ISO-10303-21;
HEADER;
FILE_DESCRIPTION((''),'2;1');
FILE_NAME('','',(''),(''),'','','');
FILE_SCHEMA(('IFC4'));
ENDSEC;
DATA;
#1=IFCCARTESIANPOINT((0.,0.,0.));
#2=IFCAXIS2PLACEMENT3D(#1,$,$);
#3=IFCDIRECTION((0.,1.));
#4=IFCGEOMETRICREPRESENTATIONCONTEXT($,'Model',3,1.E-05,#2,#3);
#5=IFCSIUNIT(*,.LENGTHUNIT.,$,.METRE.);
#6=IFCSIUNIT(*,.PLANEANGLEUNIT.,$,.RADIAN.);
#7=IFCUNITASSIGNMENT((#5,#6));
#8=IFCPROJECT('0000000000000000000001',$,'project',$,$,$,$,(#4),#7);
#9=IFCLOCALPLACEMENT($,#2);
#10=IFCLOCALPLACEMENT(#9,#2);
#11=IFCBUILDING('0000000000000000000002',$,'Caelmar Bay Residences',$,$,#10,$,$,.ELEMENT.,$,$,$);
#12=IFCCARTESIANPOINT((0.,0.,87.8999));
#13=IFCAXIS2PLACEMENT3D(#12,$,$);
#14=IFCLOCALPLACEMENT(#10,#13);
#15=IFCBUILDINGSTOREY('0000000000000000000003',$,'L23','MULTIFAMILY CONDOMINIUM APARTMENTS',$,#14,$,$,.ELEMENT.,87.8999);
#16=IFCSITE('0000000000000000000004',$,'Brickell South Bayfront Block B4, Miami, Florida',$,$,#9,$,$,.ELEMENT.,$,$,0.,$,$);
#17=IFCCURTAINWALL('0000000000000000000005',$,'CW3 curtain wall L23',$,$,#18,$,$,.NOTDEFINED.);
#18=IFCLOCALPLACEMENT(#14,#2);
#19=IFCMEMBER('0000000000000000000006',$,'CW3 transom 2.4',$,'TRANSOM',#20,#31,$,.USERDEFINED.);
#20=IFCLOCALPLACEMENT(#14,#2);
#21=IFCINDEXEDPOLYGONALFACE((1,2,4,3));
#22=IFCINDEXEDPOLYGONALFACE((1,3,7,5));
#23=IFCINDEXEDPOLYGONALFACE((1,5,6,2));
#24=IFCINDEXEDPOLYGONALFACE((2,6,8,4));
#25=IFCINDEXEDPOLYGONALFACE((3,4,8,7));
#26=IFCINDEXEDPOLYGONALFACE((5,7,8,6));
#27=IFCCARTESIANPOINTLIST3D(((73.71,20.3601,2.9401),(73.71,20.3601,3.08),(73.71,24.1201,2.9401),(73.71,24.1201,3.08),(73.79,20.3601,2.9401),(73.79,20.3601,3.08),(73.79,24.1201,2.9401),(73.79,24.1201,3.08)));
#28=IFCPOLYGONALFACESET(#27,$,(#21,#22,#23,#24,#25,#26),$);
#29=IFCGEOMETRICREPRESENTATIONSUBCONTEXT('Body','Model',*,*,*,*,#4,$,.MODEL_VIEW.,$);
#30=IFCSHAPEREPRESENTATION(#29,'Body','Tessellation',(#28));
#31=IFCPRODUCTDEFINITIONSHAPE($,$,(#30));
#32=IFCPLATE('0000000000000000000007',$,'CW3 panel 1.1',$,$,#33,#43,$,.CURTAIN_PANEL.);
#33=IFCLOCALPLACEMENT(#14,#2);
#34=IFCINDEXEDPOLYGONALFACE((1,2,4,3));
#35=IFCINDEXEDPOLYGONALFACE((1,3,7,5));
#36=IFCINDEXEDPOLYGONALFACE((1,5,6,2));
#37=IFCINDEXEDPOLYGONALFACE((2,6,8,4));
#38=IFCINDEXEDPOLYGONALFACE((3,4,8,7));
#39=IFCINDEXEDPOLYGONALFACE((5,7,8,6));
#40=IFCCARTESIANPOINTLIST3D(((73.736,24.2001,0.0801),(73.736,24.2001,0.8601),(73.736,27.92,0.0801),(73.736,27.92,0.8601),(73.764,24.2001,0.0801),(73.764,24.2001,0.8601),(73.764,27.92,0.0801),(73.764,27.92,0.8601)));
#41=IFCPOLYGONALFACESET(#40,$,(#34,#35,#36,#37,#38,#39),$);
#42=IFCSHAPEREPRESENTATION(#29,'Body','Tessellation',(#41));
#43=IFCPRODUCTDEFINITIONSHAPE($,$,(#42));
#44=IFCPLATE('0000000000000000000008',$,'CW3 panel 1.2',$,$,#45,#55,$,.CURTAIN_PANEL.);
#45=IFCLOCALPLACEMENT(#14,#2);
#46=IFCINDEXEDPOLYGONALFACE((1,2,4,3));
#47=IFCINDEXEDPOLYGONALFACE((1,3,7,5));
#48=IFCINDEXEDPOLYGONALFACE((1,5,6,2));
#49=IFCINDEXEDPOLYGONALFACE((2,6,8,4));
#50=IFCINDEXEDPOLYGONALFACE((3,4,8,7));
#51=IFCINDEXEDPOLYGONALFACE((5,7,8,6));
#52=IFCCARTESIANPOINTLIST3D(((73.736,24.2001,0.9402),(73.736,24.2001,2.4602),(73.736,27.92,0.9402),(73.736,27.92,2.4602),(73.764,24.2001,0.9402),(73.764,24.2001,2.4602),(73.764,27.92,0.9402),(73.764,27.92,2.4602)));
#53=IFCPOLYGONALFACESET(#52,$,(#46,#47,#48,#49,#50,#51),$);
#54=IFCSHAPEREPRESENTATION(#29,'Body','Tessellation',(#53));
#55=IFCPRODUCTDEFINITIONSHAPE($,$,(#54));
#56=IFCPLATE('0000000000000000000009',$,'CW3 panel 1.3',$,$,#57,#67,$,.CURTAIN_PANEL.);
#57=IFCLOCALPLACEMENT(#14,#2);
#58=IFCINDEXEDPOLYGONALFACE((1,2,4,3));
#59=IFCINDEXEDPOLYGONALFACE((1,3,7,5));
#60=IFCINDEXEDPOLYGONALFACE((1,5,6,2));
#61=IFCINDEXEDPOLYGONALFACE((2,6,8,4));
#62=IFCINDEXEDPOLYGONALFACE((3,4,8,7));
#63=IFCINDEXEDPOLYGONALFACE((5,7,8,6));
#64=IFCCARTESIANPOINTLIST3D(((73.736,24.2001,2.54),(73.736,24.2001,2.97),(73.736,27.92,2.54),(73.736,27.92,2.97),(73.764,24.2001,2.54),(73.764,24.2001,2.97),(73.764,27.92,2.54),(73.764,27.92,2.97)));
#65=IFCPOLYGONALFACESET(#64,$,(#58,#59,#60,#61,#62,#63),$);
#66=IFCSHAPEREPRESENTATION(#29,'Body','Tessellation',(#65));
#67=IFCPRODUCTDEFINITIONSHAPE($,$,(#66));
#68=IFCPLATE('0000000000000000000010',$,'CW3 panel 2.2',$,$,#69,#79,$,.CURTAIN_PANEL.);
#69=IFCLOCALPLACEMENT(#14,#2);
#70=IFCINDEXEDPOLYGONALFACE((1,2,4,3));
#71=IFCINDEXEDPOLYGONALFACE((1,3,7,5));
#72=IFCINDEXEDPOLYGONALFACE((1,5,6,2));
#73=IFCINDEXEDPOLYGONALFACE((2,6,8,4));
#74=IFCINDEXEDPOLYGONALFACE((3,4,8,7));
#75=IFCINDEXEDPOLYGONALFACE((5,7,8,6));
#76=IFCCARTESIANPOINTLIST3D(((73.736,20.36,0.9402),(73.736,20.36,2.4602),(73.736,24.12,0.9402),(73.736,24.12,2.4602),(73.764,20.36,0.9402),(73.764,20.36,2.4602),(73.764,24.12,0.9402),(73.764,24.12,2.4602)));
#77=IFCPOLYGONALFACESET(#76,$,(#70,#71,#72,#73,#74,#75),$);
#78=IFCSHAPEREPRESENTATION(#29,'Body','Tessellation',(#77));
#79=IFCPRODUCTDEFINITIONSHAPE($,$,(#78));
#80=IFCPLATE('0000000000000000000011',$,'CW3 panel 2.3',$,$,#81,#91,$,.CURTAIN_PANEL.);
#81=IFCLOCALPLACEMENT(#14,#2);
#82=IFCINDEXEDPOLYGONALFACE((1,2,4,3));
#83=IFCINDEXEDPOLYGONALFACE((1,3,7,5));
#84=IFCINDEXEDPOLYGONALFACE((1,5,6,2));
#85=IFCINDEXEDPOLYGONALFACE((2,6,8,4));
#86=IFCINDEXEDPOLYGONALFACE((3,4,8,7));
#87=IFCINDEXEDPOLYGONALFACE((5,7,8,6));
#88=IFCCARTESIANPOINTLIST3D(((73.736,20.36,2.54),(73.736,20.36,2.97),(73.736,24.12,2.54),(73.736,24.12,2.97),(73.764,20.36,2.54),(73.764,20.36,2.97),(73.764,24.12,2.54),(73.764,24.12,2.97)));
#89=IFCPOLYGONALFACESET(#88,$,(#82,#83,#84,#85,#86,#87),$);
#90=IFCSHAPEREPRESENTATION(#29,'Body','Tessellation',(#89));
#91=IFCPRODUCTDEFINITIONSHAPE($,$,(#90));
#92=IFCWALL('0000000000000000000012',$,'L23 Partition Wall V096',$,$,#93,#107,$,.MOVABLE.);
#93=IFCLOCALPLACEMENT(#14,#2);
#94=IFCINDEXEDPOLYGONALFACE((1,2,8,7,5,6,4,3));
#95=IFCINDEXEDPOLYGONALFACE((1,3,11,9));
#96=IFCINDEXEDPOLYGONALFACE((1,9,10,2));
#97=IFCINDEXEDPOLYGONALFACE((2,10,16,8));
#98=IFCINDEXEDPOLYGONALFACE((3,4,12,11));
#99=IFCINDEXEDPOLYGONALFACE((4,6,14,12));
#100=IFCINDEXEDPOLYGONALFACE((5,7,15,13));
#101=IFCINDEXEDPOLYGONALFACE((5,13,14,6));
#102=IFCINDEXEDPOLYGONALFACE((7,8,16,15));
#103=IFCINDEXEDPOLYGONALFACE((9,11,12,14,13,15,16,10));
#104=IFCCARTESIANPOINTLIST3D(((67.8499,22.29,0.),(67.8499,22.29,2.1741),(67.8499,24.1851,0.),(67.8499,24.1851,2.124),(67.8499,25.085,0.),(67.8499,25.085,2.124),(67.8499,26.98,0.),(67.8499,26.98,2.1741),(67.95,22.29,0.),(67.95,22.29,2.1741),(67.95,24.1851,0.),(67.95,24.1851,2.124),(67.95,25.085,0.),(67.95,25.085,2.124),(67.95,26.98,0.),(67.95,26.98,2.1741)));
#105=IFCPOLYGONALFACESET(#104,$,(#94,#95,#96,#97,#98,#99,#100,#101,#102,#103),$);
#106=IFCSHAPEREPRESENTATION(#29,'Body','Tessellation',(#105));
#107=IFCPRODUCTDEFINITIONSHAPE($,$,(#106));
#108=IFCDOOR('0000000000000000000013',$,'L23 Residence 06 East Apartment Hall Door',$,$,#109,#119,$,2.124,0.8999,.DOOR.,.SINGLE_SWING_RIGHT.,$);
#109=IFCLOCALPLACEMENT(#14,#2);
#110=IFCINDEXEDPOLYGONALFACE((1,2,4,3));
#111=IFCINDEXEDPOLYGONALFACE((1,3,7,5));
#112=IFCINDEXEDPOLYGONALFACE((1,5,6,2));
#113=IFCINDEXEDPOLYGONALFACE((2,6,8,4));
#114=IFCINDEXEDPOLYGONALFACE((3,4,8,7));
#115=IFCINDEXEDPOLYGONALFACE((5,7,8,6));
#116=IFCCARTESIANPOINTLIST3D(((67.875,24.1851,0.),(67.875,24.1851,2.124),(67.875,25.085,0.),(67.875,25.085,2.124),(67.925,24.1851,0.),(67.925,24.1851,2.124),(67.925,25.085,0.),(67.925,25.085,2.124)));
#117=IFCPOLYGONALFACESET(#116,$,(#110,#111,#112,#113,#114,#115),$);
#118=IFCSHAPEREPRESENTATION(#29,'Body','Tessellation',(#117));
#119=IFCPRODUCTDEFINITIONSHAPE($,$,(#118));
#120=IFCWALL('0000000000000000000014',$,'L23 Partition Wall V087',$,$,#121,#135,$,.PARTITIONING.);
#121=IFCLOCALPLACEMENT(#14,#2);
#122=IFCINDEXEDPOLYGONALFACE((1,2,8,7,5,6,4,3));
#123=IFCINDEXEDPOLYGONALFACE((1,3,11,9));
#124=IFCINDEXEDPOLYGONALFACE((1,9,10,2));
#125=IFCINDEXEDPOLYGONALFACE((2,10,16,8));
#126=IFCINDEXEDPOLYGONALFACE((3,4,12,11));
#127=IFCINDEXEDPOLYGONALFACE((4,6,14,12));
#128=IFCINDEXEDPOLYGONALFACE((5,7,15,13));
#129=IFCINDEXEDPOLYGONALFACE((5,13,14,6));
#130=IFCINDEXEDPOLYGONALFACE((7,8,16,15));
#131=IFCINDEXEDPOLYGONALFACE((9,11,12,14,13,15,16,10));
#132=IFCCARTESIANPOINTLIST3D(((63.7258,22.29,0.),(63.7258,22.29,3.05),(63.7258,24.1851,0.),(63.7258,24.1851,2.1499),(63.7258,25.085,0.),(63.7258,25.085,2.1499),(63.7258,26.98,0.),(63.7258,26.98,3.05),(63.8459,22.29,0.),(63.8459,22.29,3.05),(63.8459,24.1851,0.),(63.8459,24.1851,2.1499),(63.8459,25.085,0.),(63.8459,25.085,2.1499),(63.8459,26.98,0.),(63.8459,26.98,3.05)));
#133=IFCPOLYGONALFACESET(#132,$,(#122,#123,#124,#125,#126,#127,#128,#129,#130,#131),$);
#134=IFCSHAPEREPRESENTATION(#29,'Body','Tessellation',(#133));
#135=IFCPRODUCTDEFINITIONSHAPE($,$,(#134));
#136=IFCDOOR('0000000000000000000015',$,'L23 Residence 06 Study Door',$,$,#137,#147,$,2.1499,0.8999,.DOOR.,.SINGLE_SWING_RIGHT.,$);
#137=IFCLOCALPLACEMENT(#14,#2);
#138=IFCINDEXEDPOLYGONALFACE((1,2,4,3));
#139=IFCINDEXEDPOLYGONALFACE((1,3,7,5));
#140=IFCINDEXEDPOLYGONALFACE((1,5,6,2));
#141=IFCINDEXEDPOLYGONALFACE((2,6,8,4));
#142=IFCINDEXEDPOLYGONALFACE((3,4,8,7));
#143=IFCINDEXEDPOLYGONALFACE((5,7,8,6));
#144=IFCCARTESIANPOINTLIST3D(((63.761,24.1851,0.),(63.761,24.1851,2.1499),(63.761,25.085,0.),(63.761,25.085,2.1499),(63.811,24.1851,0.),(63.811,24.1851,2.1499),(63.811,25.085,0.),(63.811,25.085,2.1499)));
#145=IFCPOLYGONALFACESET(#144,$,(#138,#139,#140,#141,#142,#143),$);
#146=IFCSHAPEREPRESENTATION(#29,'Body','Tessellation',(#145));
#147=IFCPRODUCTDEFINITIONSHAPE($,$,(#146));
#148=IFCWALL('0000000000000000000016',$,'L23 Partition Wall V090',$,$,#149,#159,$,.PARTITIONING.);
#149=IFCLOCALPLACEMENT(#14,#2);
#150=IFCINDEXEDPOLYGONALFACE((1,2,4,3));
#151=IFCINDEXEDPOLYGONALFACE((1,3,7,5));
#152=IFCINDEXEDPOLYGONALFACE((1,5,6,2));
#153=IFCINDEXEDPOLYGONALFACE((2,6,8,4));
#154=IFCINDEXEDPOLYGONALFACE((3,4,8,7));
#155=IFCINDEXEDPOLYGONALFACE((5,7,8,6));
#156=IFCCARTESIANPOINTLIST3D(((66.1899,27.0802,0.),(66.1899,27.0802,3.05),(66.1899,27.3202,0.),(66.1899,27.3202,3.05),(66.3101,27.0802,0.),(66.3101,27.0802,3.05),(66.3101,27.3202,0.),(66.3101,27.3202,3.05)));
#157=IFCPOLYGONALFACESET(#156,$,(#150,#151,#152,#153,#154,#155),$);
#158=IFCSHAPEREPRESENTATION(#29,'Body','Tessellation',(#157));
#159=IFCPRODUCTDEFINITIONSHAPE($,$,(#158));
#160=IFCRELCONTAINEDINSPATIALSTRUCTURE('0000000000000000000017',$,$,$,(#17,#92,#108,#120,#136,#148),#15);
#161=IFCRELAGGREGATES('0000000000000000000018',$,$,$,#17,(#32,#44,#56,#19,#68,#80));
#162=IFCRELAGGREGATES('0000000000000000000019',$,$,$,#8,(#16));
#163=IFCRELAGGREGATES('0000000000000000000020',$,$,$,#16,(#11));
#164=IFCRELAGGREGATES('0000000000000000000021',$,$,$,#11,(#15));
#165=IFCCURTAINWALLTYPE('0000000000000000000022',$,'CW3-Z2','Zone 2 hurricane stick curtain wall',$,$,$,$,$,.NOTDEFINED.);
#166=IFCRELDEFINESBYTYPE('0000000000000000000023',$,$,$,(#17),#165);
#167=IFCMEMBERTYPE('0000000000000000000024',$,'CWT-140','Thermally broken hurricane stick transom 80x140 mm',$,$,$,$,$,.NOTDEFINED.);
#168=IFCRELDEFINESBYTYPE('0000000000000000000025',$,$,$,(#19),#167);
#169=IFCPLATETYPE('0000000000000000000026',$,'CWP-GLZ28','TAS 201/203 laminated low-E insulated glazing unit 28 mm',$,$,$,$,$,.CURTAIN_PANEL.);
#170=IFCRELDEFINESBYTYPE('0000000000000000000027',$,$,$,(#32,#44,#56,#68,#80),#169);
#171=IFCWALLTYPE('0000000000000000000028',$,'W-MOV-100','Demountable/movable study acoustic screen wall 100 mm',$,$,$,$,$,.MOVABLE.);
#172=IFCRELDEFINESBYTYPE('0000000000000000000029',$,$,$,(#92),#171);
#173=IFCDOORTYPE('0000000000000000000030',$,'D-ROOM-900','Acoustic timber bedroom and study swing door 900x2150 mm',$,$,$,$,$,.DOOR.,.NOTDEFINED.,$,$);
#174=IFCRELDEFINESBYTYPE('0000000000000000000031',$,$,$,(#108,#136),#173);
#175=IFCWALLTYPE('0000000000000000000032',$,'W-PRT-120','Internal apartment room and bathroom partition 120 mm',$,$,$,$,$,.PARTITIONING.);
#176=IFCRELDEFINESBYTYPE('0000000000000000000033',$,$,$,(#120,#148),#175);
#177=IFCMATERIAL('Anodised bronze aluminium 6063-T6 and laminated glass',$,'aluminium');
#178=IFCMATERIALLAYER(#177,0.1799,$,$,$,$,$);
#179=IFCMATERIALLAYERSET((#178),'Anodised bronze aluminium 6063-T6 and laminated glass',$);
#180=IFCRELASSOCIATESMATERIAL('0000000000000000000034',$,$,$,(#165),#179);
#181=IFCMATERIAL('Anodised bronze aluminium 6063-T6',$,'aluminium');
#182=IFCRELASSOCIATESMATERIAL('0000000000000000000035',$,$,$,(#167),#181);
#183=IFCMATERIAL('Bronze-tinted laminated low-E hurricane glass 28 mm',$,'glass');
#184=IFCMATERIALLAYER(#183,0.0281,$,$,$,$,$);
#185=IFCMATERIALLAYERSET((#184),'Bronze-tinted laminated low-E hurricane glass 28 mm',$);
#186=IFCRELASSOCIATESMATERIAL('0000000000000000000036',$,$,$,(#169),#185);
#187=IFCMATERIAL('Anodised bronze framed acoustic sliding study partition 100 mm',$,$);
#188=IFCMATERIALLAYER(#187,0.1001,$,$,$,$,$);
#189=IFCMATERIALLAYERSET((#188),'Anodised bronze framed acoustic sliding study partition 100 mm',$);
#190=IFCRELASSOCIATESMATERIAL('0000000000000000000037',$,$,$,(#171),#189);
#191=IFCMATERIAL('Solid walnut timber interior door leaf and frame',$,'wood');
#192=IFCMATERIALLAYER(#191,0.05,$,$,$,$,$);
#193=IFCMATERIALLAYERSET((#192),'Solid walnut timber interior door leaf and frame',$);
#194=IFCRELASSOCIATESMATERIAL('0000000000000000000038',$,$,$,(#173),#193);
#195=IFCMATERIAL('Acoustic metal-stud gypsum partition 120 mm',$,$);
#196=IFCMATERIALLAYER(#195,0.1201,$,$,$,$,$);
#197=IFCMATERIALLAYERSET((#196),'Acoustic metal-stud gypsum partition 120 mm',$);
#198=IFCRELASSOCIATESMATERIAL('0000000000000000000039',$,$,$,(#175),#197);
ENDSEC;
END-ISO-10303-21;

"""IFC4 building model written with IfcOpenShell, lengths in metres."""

from ifc_helpers import new_model, si_unit, direction, frame, frame_2d, origin, origin_2d, place, context, subcontext, project, spatial, rectangle, extrude, material, layer, layer_set, material_profile, profile_set, type_object, element, fill, aggregate, save


model = new_model("IFC4")

# Units and contexts
model_context = context("Model", 3, precision=1e-05, world=origin(), true_north=direction((0.0, 1.0)))
body_context = subcontext(model_context, "Body", "Model", "MODEL_VIEW")
ifc_project = project(units=[si_unit("LENGTHUNIT", "METRE"), si_unit("PLANEANGLEUNIT", "RADIAN")], contexts=[model_context])

# Site, building, storey
site_placement = place(None, origin())
site = spatial("IfcSite", under=ifc_project, at=site_placement, Name="Brickell South Bayfront Block B4, Miami, Florida", CompositionType="ELEMENT", RefElevation=0.0)
building_placement = place(site_placement, origin())
building = spatial("IfcBuilding", under=site, at=building_placement, Name="Caelmar Bay Residences", CompositionType="ELEMENT")
storey_placement = place(building_placement, frame((0.0, 0.0, 87.8999)))
storey = spatial("IfcBuildingStorey", under=building, at=storey_placement, Name="L23", Description="MULTIFAMILY CONDOMINIUM APARTMENTS", CompositionType="ELEMENT", Elevation=87.8999)

# Curtain wall, member, plates
ifc_material_1 = material(Name="Anodised bronze aluminium 6063-T6 and laminated glass", Category="aluminium")
ifc_layer_1 = layer(ifc_material_1, 0.1799)
ifc_layer_set_1 = layer_set([ifc_layer_1], Name="Anodised bronze aluminium 6063-T6 and laminated glass")
curtain_wall_type = type_object("IfcCurtainWallType", Name="CW3-Z2", Description="Zone 2 hurricane stick curtain wall", PredefinedType="NOTDEFINED", material=ifc_layer_set_1)
curtain_wall_placement = place(storey_placement, origin())
curtain_wall = element("IfcCurtainWall", 1, at=curtain_wall_placement, inside=storey, type_object=curtain_wall_type, Name="CW3 curtain wall L23", PredefinedType="NOTDEFINED")
ifc_material_2 = material(Name="Anodised bronze aluminium 6063-T6", Category="aluminium")
ifc_material_profile_1 = material_profile(ifc_material_2, rectangle(XDim=0.0801, YDim=0.1399, at=origin_2d()), Name="CWT-80X140")
ifc_profile_set_1 = profile_set([ifc_material_profile_1], Name="Anodised bronze aluminium 6063-T6")
member_type_1 = type_object("IfcMemberType", Name="CWT-140", Description="Thermally broken hurricane stick transom 80x140 mm", PredefinedType="NOTDEFINED", material=ifc_profile_set_1)
member_1_placement = place(storey_placement, frame((73.75, 24.1201, 3.01), z_axis=(0.0, -1.0, 0.0), x_axis=(1.0, 0.0, 0.0)))
member_1 = element("IfcMember", 2, at=member_1_placement, type_object=member_type_1, Name="CW3 transom 2.4", ObjectType="TRANSOM", PredefinedType="USERDEFINED", context=body_context, shape_type="SweptSolid", body=[
    extrude(rectangle(XDim=0.0801, YDim=0.1399, at=origin_2d()), origin(), (0.0, 0.0, 1.0), 3.76),
])
ifc_material_3 = material(Name="Bronze-tinted laminated low-E hurricane glass 28 mm", Category="glass")
ifc_layer_2 = layer(ifc_material_3, 0.0281)
ifc_layer_set_2 = layer_set([ifc_layer_2], Name="Bronze-tinted laminated low-E hurricane glass 28 mm")
plate_type = type_object("IfcPlateType", Name="CWP-GLZ28", Description="TAS 201/203 laminated low-E insulated glazing unit 28 mm", PredefinedType="CURTAIN_PANEL", material=ifc_layer_set_2)
plate_1_placement = place(storey_placement, frame((73.75, 26.0601, 0.0801), z_axis=(0.0, 0.0, 1.0), x_axis=(0.0, -1.0, 0.0)))
plate_1 = element("IfcPlate", 3, at=plate_1_placement, type_object=plate_type, Name="CW3 panel 1.1", PredefinedType="CURTAIN_PANEL", context=body_context, shape_type="SweptSolid", body=[
    extrude(rectangle(XDim=3.72, YDim=0.0281, at=origin_2d()), origin(), (0.0, 0.0, 1.0), 0.78),
])
plate_2_placement = place(storey_placement, frame((73.75, 26.0601, 0.9402), z_axis=(0.0, 0.0, 1.0), x_axis=(0.0, -1.0, 0.0)))
plate_2 = element("IfcPlate", 4, at=plate_2_placement, type_object=plate_type, Name="CW3 panel 1.2", PredefinedType="CURTAIN_PANEL", context=body_context, shape_type="SweptSolid", body=[
    extrude(rectangle(XDim=3.72, YDim=0.0281, at=origin_2d()), origin(), (0.0, 0.0, 1.0), 1.52),
])
plate_3_placement = place(storey_placement, frame((73.75, 26.0601, 2.54), z_axis=(0.0, 0.0, 1.0), x_axis=(0.0, -1.0, 0.0)))
plate_3 = element("IfcPlate", 5, at=plate_3_placement, type_object=plate_type, Name="CW3 panel 1.3", PredefinedType="CURTAIN_PANEL", context=body_context, shape_type="SweptSolid", body=[
    extrude(rectangle(XDim=3.72, YDim=0.0281, at=origin_2d()), origin(), (0.0, 0.0, 1.0), 0.4299),
])
plate_4_placement = place(storey_placement, frame((73.75, 22.24, 0.9402), z_axis=(0.0, 0.0, 1.0), x_axis=(0.0, -1.0, 0.0)))
plate_4 = element("IfcPlate", 6, at=plate_4_placement, type_object=plate_type, Name="CW3 panel 2.2", PredefinedType="CURTAIN_PANEL", context=body_context, shape_type="SweptSolid", body=[
    extrude(rectangle(XDim=3.76, YDim=0.0281, at=origin_2d()), origin(), (0.0, 0.0, 1.0), 1.52),
])
plate_5_placement = place(storey_placement, frame((73.75, 22.24, 2.54), z_axis=(0.0, 0.0, 1.0), x_axis=(0.0, -1.0, 0.0)))
plate_5 = element("IfcPlate", 7, at=plate_5_placement, type_object=plate_type, Name="CW3 panel 2.3", PredefinedType="CURTAIN_PANEL", context=body_context, shape_type="SweptSolid", body=[
    extrude(rectangle(XDim=3.76, YDim=0.0281, at=origin_2d()), origin(), (0.0, 0.0, 1.0), 0.4299),
])
aggregate(curtain_wall, [plate_1, plate_2, plate_3, member_1, plate_4, plate_5])

# Walls, openings, doors
ifc_material_4 = material(Name="Anodised bronze framed acoustic sliding study partition 100 mm")
ifc_layer_3 = layer(ifc_material_4, 0.1001)
ifc_layer_set_3 = layer_set([ifc_layer_3], Name="Anodised bronze framed acoustic sliding study partition 100 mm")
wall_type_1 = type_object("IfcWallType", Name="W-MOV-100", Description="Demountable/movable study acoustic screen wall 100 mm", PredefinedType="MOVABLE", material=ifc_layer_set_3)
wall_1_placement = place(storey_placement, frame((67.8999, 22.29, 0.0), z_axis=(0.0, 0.0, 1.0), x_axis=(0.0, 1.0, 0.0)))
wall_1 = element("IfcWall", 8, at=wall_1_placement, inside=storey, type_object=wall_type_1, Name="L23 Partition Wall V096", PredefinedType="MOVABLE", context=body_context, shape_type="SweptSolid", body=[
    extrude(rectangle(XDim=4.6899, YDim=0.1001, at=frame_2d((2.345, 0.0))), origin(), (0.0, 0.0, 1.0), 2.1741),
])
opening_1_placement = place(wall_1_placement, frame((1.895, 0.0, 0.0)))
opening_1 = element("IfcOpeningElement", 9, at=opening_1_placement, cuts=wall_1, PredefinedType="OPENING", context=body_context, shape_type="SweptSolid", body=[
    extrude(rectangle(XDim=0.8999, YDim=2.124, at=frame_2d((0.45, 1.062))), frame((0.0, 0.0601, 0.0), z_axis=(0.0, -1.0, 0.0), x_axis=(1.0, 0.0, 0.0)), (0.0, 0.0, 1.0), 0.1201),
])
ifc_material_5 = material(Name="Solid walnut timber interior door leaf and frame", Category="wood")
ifc_layer_4 = layer(ifc_material_5, 0.05)
ifc_layer_set_4 = layer_set([ifc_layer_4], Name="Solid walnut timber interior door leaf and frame")
door_type_1 = type_object("IfcDoorType", Name="D-ROOM-900", Description="Acoustic timber bedroom and study swing door 900x2150 mm", OperationType="NOTDEFINED", PredefinedType="DOOR", material=ifc_layer_set_4)
door_1_placement = place(opening_1_placement, origin())
door_1 = element("IfcDoor", 10, at=door_1_placement, inside=storey, type_object=door_type_1, Name="L23 Residence 06 East Apartment Hall Door", OperationType="SINGLE_SWING_RIGHT", OverallHeight=2.124, OverallWidth=0.8999, PredefinedType="DOOR", context=body_context, shape_type="SweptSolid", body=[
    extrude(rectangle(XDim=0.8999, YDim=2.124, at=frame_2d((0.45, 1.062))), frame((0.0, 0.0249, 0.0), z_axis=(0.0, -1.0, 0.0), x_axis=(1.0, 0.0, 0.0)), (0.0, 0.0, 1.0), 0.05),
])
fill(opening_1, door_1)
ifc_material_6 = material(Name="Acoustic metal-stud gypsum partition 120 mm")
ifc_layer_5 = layer(ifc_material_6, 0.1201)
ifc_layer_set_5 = layer_set([ifc_layer_5], Name="Acoustic metal-stud gypsum partition 120 mm")
wall_type_2 = type_object("IfcWallType", Name="W-PRT-120", Description="Internal apartment room and bathroom partition 120 mm", PredefinedType="PARTITIONING", material=ifc_layer_set_5)
wall_2_placement = place(storey_placement, frame((63.7859, 22.29, 0.0), z_axis=(0.0, 0.0, 1.0), x_axis=(0.0, 1.0, 0.0)))
wall_2 = element("IfcWall", 11, at=wall_2_placement, inside=storey, type_object=wall_type_2, Name="L23 Partition Wall V087", PredefinedType="PARTITIONING", context=body_context, shape_type="SweptSolid", body=[
    extrude(rectangle(XDim=4.6899, YDim=0.1201, at=frame_2d((2.345, 0.0))), origin(), (0.0, 0.0, 1.0), 3.05),
])
opening_2_placement = place(wall_2_placement, frame((1.895, 0.0, 0.0)))
opening_2 = element("IfcOpeningElement", 12, at=opening_2_placement, cuts=wall_2, PredefinedType="OPENING", context=body_context, shape_type="SweptSolid", body=[
    extrude(rectangle(XDim=0.8999, YDim=2.1499, at=frame_2d((0.45, 1.075))), frame((0.0, 0.0701, 0.0), z_axis=(0.0, -1.0, 0.0), x_axis=(1.0, 0.0, 0.0)), (0.0, 0.0, 1.0), 0.1401),
])
door_2_placement = place(opening_2_placement, origin())
door_2 = element("IfcDoor", 13, at=door_2_placement, inside=storey, type_object=door_type_1, Name="L23 Residence 06 Study Door", OperationType="SINGLE_SWING_RIGHT", OverallHeight=2.1499, OverallWidth=0.8999, PredefinedType="DOOR", context=body_context, shape_type="SweptSolid", body=[
    extrude(rectangle(XDim=0.8999, YDim=2.1499, at=frame_2d((0.45, 1.075))), frame((0.0, 0.0249, 0.0), z_axis=(0.0, -1.0, 0.0), x_axis=(1.0, 0.0, 0.0)), (0.0, 0.0, 1.0), 0.05),
])
fill(opening_2, door_2)

# Wall
wall_3_placement = place(storey_placement, frame((66.25, 27.0801, 0.0), z_axis=(0.0, 0.0, 1.0), x_axis=(0.0, 1.0, 0.0)))
element("IfcWall", 14, at=wall_3_placement, inside=storey, type_object=wall_type_2, Name="L23 Partition Wall V090", PredefinedType="PARTITIONING", context=body_context, shape_type="SweptSolid", body=[
    extrude(rectangle(XDim=0.24, YDim=0.1201, at=frame_2d((0.1201, 0.0))), origin(), (0.0, 0.0, 1.0), 3.05),
])

save(model, "model.ifc")
